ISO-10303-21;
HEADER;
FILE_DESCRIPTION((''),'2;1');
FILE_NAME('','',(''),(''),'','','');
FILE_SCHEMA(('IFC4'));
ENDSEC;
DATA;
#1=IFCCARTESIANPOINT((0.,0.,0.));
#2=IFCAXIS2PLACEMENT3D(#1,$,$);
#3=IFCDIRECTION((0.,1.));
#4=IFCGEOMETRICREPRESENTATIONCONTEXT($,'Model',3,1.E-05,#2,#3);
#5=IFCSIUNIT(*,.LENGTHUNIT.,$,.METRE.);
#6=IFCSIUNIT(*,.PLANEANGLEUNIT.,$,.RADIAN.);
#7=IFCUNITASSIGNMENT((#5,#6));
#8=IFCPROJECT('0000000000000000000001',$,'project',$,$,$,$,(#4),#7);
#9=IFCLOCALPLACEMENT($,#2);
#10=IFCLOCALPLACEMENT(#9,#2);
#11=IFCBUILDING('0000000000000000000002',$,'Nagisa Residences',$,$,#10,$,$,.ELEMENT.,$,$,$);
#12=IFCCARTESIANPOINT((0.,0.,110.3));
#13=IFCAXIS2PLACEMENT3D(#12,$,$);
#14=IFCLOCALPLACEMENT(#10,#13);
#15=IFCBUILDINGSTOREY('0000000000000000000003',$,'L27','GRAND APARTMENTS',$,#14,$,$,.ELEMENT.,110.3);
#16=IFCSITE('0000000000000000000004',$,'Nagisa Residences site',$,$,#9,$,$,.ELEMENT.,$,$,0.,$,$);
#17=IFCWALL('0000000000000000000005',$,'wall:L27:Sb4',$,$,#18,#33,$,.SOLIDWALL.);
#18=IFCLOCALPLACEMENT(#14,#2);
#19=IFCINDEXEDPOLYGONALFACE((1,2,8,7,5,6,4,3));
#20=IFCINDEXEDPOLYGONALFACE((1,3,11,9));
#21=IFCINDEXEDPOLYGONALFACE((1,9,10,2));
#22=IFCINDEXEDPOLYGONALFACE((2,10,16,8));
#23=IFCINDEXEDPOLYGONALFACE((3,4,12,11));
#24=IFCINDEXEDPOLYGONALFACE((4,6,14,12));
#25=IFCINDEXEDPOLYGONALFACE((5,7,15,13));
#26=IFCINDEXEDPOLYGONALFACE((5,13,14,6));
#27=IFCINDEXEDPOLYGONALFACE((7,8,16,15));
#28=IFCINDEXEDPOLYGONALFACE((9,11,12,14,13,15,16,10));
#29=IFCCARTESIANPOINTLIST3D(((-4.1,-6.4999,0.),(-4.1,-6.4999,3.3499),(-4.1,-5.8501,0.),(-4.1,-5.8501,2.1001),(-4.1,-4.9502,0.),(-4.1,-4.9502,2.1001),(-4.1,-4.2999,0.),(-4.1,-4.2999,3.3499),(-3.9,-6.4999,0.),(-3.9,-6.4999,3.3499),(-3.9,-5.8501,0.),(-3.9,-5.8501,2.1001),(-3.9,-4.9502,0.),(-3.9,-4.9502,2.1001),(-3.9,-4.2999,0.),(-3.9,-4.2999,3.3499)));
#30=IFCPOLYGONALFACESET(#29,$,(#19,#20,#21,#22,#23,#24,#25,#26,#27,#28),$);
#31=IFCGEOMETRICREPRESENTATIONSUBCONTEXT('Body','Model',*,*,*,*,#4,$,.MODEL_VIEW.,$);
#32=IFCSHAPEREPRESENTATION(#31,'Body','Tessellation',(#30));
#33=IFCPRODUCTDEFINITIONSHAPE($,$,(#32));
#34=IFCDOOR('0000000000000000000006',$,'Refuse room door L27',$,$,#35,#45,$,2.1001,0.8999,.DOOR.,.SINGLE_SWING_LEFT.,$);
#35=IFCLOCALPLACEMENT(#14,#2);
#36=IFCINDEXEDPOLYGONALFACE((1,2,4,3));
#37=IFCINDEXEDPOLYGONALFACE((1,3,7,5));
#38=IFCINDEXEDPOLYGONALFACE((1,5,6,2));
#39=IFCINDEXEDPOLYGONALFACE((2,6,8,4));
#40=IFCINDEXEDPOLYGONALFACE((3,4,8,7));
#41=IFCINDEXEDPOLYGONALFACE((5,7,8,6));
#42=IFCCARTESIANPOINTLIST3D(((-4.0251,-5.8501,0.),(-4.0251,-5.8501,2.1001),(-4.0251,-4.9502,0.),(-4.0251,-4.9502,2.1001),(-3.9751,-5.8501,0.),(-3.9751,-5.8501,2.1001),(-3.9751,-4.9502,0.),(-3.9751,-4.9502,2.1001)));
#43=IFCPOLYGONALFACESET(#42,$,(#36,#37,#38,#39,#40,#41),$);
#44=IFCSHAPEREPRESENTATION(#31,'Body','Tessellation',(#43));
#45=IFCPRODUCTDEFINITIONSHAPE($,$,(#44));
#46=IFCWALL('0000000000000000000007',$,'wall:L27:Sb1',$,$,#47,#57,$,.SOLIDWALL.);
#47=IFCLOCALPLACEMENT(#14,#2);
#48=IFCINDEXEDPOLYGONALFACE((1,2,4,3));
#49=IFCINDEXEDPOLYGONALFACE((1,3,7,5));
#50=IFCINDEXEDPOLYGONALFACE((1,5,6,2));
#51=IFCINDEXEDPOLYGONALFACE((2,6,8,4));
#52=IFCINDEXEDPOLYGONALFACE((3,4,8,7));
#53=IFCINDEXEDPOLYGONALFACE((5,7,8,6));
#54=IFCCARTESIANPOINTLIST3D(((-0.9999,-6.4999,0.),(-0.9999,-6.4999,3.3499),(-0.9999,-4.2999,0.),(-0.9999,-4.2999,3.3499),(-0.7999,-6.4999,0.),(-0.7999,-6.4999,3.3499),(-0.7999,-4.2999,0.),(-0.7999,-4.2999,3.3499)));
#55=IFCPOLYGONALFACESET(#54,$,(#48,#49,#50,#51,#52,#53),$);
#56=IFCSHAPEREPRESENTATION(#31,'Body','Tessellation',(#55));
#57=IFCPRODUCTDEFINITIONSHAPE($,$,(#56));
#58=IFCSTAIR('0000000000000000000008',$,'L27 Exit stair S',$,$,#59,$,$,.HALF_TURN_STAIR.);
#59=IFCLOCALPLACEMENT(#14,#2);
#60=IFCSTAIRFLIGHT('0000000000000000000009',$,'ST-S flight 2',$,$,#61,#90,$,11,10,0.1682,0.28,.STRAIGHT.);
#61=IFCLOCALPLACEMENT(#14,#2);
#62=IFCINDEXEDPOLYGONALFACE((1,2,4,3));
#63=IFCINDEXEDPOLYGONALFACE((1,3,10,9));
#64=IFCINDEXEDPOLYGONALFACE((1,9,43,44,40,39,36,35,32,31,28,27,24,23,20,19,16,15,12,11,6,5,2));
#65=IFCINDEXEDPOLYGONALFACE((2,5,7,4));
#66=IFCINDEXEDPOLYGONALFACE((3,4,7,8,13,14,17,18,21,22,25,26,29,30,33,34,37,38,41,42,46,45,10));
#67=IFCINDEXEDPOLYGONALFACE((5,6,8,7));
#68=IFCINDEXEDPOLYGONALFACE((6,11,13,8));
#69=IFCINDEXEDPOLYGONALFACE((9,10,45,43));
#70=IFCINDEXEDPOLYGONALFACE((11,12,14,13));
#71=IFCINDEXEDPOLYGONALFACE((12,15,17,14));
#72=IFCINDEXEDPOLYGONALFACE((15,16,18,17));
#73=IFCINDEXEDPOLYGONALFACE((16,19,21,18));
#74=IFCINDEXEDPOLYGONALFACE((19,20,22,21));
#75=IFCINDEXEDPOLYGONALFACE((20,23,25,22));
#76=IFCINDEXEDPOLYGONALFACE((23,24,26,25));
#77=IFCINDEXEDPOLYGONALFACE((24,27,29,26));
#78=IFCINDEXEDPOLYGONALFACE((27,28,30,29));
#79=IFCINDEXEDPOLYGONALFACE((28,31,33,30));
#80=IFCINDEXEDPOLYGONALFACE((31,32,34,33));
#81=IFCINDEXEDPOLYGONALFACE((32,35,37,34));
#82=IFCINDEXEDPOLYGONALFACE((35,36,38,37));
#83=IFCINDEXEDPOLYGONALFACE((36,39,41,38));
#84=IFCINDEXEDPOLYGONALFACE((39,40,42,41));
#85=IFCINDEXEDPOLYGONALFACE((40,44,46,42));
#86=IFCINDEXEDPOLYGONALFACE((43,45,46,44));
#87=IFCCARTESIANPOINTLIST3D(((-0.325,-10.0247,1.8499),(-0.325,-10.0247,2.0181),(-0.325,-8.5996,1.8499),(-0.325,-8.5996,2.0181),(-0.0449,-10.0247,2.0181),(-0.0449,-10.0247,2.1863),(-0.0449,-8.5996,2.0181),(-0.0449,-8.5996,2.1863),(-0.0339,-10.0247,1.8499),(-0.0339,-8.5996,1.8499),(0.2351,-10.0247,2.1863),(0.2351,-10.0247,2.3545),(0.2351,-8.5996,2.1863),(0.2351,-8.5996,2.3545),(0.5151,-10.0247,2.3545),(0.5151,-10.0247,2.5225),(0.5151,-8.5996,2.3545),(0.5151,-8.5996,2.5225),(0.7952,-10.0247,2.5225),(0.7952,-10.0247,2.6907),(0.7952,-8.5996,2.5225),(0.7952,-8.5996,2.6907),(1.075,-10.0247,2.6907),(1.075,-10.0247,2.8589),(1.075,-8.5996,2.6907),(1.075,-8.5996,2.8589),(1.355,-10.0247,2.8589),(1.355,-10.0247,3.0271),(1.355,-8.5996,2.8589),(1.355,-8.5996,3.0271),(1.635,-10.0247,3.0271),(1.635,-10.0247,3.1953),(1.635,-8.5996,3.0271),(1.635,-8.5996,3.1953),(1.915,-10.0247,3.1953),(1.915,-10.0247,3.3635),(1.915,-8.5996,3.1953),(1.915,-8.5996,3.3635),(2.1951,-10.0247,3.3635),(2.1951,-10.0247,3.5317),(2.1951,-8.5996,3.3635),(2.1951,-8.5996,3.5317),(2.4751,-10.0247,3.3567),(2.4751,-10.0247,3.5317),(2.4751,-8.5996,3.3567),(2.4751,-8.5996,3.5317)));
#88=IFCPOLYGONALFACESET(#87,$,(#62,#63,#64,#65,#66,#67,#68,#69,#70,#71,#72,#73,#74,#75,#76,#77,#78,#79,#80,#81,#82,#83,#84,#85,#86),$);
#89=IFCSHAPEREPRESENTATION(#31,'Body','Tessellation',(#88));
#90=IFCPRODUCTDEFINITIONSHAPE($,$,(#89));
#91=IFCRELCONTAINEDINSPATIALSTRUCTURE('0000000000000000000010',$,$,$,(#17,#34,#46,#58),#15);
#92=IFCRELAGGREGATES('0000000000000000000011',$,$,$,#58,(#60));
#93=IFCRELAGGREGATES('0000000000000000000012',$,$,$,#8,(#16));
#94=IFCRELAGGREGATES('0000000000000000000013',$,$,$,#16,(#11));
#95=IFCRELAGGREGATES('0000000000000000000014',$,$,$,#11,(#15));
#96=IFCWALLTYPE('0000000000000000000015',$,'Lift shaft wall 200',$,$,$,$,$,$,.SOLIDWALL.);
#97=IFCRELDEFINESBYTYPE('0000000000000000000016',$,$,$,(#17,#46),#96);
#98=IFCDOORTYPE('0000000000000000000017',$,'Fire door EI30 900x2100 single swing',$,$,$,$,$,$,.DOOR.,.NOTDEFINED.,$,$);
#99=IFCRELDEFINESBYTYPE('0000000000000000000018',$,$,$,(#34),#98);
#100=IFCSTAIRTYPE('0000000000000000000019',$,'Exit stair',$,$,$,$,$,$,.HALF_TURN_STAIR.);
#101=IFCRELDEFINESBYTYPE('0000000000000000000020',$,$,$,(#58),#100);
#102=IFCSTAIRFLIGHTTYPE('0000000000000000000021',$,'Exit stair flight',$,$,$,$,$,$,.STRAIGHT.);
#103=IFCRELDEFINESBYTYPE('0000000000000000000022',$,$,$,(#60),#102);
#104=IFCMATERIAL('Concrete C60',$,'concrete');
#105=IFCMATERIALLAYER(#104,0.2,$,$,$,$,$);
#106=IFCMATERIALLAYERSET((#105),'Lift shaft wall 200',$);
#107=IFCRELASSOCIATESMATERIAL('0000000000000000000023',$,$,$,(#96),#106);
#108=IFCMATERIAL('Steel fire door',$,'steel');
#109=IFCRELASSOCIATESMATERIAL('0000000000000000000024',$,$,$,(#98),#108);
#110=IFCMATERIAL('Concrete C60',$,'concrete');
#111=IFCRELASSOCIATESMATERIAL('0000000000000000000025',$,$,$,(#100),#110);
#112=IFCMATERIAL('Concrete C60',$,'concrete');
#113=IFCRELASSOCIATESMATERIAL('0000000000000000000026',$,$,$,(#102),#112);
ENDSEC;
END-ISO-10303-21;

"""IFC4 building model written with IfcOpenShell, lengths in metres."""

from ifc_helpers import new_model, si_unit, direction, frame, frame_2d, origin, place, context, subcontext, project, spatial, polyline, rectangle, outline, extrude, material, layer, layer_set, type_object, element, fill, aggregate, save


model = new_model("IFC4")

# Units and contexts
model_context = context("Model", 3, precision=1e-05, world=origin(), true_north=direction((0.0, 1.0)))
body_context = subcontext(model_context, "Body", "Model", "MODEL_VIEW")
ifc_project = project(units=[si_unit("LENGTHUNIT", "METRE"), si_unit("PLANEANGLEUNIT", "RADIAN")], contexts=[model_context])

# Site, building, storey
site_placement = place(None, origin())
site = spatial("IfcSite", under=ifc_project, at=site_placement, Name="Nagisa Residences site", CompositionType="ELEMENT", RefElevation=0.0)
building_placement = place(site_placement, origin())
building = spatial("IfcBuilding", under=site, at=building_placement, Name="Nagisa Residences", CompositionType="ELEMENT")
storey_placement = place(building_placement, frame((0.0, 0.0, 110.3)))
storey = spatial("IfcBuildingStorey", under=building, at=storey_placement, Name="L27", Description="GRAND APARTMENTS", CompositionType="ELEMENT", Elevation=110.3)

# Wall, opening, door
ifc_material_1 = material(Name="Concrete C60", Category="concrete")
ifc_layer_1 = layer(ifc_material_1, 0.2)
ifc_layer_set_1 = layer_set([ifc_layer_1], Name="Lift shaft wall 200")
wall_type = type_object("IfcWallType", Name="Lift shaft wall 200", PredefinedType="SOLIDWALL", material=ifc_layer_set_1)
wall_1_placement = place(storey_placement, frame((-4.0, -6.5, 0.0), z_axis=(0.0, 0.0, 1.0), x_axis=(0.0, 1.0, 0.0)))
wall_1 = element("IfcWall", 1, at=wall_1_placement, inside=storey, type_object=wall_type, Name="wall:L27:Sb4", PredefinedType="SOLIDWALL", context=body_context, shape_type="SweptSolid", body=[
    extrude(rectangle(XDim=2.2, YDim=0.2, at=frame_2d((1.1001, 0.0))), origin(), (0.0, 0.0, 1.0), 3.3499),
])
opening_placement = place(wall_1_placement, frame((0.6499, 0.0, 0.0)))
opening = element("IfcOpeningElement", 2, at=opening_placement, cuts=wall_1, PredefinedType="OPENING", context=body_context, shape_type="SweptSolid", body=[
    extrude(rectangle(XDim=0.8999, YDim=2.1001, at=frame_2d((0.45, 1.05))), frame((0.0, 0.1099, 0.0), z_axis=(0.0, -1.0, 0.0), x_axis=(1.0, 0.0, 0.0)), (0.0, 0.0, 1.0), 0.22),
])
ifc_material_2 = material(Name="Steel fire door", Category="steel")
door_type = type_object("IfcDoorType", Name="Fire door EI30 900x2100 single swing", OperationType="NOTDEFINED", PredefinedType="DOOR", material=ifc_material_2)
door_placement = place(opening_placement, frame((0.8999, 0.0, 0.0), x_axis=(-1.0, 0.0, 0.0)))
door = element("IfcDoor", 3, at=door_placement, inside=storey, type_object=door_type, Name="Refuse room door L27", OperationType="SINGLE_SWING_LEFT", OverallHeight=2.1001, OverallWidth=0.8999, PredefinedType="DOOR", context=body_context, shape_type="SweptSolid", body=[
    extrude(rectangle(XDim=0.8999, YDim=2.1001, at=frame_2d((0.45, 1.05))), frame((0.0, 0.0249, 0.0), z_axis=(0.0, -1.0, 0.0), x_axis=(1.0, 0.0, 0.0)), (0.0, 0.0, 1.0), 0.05),
])
fill(opening, door)

# Wall
wall_2_placement = place(storey_placement, frame((-0.8999, -6.5, 0.0), z_axis=(0.0, 0.0, 1.0), x_axis=(0.0, 1.0, 0.0)))
element("IfcWall", 4, at=wall_2_placement, inside=storey, type_object=wall_type, Name="wall:L27:Sb1", PredefinedType="SOLIDWALL", context=body_context, shape_type="SweptSolid", body=[
    extrude(rectangle(XDim=2.2, YDim=0.2, at=frame_2d((1.1001, 0.0))), origin(), (0.0, 0.0, 1.0), 3.3499),
])

# Stair, stair flight
ifc_material_3 = material(Name="Concrete C60", Category="concrete")
stair_type = type_object("IfcStairType", Name="Exit stair", PredefinedType="HALF_TURN_STAIR", material=ifc_material_3)
stair_placement = place(storey_placement, origin())
stair = element("IfcStair", 5, at=stair_placement, inside=storey, type_object=stair_type, Name="L27 Exit stair S", PredefinedType="HALF_TURN_STAIR")
ifc_material_4 = material(Name="Concrete C60", Category="concrete")
stair_flight_type = type_object("IfcStairFlightType", Name="Exit stair flight", PredefinedType="STRAIGHT", material=ifc_material_4)
stair_flight_placement = place(storey_placement, frame((-0.325, -9.312, 1.8499), z_axis=(0.0, 0.0, 1.0), x_axis=(1.0, 0.0, 0.0)))
stair_flight = element("IfcStairFlight", 6, at=stair_flight_placement, type_object=stair_flight_type, Name="ST-S flight 2", NumberOfRisers=11, NumberOfTreads=10, PredefinedType="STRAIGHT", RiserHeight=0.1682, TreadLength=0.28, context=body_context, shape_type="SweptSolid", body=[
    extrude(outline(polyline([(0.0, 0.0), (0.0, 0.1682), (0.28, 0.1682), (0.28, 0.3364), (0.5601, 0.3364), (0.5601, 0.5046), (0.8401, 0.5046), (0.8401, 0.6726), (1.1201, 0.6726), (1.1201, 0.8408), (1.3999, 0.8408), (1.3999, 1.009), (1.6799, 1.009), (1.6799, 1.1772), (1.96, 1.1772), (1.96, 1.3455), (2.24, 1.3455), (2.24, 1.5137), (2.52, 1.5137), (2.52, 1.6819), (2.8, 1.6819), (2.8, 1.8501), (2.8, 1.5068), (0.291, 0.0), (0.0, 0.0)])), frame((0.0, 0.7124, 0.0), z_axis=(0.0, -1.0, 0.0), x_axis=(1.0, 0.0, 0.0)), (0.0, 0.0, 1.0), 1.425),
])
aggregate(stair, [stair_flight])

save(model, "model.ifc")
